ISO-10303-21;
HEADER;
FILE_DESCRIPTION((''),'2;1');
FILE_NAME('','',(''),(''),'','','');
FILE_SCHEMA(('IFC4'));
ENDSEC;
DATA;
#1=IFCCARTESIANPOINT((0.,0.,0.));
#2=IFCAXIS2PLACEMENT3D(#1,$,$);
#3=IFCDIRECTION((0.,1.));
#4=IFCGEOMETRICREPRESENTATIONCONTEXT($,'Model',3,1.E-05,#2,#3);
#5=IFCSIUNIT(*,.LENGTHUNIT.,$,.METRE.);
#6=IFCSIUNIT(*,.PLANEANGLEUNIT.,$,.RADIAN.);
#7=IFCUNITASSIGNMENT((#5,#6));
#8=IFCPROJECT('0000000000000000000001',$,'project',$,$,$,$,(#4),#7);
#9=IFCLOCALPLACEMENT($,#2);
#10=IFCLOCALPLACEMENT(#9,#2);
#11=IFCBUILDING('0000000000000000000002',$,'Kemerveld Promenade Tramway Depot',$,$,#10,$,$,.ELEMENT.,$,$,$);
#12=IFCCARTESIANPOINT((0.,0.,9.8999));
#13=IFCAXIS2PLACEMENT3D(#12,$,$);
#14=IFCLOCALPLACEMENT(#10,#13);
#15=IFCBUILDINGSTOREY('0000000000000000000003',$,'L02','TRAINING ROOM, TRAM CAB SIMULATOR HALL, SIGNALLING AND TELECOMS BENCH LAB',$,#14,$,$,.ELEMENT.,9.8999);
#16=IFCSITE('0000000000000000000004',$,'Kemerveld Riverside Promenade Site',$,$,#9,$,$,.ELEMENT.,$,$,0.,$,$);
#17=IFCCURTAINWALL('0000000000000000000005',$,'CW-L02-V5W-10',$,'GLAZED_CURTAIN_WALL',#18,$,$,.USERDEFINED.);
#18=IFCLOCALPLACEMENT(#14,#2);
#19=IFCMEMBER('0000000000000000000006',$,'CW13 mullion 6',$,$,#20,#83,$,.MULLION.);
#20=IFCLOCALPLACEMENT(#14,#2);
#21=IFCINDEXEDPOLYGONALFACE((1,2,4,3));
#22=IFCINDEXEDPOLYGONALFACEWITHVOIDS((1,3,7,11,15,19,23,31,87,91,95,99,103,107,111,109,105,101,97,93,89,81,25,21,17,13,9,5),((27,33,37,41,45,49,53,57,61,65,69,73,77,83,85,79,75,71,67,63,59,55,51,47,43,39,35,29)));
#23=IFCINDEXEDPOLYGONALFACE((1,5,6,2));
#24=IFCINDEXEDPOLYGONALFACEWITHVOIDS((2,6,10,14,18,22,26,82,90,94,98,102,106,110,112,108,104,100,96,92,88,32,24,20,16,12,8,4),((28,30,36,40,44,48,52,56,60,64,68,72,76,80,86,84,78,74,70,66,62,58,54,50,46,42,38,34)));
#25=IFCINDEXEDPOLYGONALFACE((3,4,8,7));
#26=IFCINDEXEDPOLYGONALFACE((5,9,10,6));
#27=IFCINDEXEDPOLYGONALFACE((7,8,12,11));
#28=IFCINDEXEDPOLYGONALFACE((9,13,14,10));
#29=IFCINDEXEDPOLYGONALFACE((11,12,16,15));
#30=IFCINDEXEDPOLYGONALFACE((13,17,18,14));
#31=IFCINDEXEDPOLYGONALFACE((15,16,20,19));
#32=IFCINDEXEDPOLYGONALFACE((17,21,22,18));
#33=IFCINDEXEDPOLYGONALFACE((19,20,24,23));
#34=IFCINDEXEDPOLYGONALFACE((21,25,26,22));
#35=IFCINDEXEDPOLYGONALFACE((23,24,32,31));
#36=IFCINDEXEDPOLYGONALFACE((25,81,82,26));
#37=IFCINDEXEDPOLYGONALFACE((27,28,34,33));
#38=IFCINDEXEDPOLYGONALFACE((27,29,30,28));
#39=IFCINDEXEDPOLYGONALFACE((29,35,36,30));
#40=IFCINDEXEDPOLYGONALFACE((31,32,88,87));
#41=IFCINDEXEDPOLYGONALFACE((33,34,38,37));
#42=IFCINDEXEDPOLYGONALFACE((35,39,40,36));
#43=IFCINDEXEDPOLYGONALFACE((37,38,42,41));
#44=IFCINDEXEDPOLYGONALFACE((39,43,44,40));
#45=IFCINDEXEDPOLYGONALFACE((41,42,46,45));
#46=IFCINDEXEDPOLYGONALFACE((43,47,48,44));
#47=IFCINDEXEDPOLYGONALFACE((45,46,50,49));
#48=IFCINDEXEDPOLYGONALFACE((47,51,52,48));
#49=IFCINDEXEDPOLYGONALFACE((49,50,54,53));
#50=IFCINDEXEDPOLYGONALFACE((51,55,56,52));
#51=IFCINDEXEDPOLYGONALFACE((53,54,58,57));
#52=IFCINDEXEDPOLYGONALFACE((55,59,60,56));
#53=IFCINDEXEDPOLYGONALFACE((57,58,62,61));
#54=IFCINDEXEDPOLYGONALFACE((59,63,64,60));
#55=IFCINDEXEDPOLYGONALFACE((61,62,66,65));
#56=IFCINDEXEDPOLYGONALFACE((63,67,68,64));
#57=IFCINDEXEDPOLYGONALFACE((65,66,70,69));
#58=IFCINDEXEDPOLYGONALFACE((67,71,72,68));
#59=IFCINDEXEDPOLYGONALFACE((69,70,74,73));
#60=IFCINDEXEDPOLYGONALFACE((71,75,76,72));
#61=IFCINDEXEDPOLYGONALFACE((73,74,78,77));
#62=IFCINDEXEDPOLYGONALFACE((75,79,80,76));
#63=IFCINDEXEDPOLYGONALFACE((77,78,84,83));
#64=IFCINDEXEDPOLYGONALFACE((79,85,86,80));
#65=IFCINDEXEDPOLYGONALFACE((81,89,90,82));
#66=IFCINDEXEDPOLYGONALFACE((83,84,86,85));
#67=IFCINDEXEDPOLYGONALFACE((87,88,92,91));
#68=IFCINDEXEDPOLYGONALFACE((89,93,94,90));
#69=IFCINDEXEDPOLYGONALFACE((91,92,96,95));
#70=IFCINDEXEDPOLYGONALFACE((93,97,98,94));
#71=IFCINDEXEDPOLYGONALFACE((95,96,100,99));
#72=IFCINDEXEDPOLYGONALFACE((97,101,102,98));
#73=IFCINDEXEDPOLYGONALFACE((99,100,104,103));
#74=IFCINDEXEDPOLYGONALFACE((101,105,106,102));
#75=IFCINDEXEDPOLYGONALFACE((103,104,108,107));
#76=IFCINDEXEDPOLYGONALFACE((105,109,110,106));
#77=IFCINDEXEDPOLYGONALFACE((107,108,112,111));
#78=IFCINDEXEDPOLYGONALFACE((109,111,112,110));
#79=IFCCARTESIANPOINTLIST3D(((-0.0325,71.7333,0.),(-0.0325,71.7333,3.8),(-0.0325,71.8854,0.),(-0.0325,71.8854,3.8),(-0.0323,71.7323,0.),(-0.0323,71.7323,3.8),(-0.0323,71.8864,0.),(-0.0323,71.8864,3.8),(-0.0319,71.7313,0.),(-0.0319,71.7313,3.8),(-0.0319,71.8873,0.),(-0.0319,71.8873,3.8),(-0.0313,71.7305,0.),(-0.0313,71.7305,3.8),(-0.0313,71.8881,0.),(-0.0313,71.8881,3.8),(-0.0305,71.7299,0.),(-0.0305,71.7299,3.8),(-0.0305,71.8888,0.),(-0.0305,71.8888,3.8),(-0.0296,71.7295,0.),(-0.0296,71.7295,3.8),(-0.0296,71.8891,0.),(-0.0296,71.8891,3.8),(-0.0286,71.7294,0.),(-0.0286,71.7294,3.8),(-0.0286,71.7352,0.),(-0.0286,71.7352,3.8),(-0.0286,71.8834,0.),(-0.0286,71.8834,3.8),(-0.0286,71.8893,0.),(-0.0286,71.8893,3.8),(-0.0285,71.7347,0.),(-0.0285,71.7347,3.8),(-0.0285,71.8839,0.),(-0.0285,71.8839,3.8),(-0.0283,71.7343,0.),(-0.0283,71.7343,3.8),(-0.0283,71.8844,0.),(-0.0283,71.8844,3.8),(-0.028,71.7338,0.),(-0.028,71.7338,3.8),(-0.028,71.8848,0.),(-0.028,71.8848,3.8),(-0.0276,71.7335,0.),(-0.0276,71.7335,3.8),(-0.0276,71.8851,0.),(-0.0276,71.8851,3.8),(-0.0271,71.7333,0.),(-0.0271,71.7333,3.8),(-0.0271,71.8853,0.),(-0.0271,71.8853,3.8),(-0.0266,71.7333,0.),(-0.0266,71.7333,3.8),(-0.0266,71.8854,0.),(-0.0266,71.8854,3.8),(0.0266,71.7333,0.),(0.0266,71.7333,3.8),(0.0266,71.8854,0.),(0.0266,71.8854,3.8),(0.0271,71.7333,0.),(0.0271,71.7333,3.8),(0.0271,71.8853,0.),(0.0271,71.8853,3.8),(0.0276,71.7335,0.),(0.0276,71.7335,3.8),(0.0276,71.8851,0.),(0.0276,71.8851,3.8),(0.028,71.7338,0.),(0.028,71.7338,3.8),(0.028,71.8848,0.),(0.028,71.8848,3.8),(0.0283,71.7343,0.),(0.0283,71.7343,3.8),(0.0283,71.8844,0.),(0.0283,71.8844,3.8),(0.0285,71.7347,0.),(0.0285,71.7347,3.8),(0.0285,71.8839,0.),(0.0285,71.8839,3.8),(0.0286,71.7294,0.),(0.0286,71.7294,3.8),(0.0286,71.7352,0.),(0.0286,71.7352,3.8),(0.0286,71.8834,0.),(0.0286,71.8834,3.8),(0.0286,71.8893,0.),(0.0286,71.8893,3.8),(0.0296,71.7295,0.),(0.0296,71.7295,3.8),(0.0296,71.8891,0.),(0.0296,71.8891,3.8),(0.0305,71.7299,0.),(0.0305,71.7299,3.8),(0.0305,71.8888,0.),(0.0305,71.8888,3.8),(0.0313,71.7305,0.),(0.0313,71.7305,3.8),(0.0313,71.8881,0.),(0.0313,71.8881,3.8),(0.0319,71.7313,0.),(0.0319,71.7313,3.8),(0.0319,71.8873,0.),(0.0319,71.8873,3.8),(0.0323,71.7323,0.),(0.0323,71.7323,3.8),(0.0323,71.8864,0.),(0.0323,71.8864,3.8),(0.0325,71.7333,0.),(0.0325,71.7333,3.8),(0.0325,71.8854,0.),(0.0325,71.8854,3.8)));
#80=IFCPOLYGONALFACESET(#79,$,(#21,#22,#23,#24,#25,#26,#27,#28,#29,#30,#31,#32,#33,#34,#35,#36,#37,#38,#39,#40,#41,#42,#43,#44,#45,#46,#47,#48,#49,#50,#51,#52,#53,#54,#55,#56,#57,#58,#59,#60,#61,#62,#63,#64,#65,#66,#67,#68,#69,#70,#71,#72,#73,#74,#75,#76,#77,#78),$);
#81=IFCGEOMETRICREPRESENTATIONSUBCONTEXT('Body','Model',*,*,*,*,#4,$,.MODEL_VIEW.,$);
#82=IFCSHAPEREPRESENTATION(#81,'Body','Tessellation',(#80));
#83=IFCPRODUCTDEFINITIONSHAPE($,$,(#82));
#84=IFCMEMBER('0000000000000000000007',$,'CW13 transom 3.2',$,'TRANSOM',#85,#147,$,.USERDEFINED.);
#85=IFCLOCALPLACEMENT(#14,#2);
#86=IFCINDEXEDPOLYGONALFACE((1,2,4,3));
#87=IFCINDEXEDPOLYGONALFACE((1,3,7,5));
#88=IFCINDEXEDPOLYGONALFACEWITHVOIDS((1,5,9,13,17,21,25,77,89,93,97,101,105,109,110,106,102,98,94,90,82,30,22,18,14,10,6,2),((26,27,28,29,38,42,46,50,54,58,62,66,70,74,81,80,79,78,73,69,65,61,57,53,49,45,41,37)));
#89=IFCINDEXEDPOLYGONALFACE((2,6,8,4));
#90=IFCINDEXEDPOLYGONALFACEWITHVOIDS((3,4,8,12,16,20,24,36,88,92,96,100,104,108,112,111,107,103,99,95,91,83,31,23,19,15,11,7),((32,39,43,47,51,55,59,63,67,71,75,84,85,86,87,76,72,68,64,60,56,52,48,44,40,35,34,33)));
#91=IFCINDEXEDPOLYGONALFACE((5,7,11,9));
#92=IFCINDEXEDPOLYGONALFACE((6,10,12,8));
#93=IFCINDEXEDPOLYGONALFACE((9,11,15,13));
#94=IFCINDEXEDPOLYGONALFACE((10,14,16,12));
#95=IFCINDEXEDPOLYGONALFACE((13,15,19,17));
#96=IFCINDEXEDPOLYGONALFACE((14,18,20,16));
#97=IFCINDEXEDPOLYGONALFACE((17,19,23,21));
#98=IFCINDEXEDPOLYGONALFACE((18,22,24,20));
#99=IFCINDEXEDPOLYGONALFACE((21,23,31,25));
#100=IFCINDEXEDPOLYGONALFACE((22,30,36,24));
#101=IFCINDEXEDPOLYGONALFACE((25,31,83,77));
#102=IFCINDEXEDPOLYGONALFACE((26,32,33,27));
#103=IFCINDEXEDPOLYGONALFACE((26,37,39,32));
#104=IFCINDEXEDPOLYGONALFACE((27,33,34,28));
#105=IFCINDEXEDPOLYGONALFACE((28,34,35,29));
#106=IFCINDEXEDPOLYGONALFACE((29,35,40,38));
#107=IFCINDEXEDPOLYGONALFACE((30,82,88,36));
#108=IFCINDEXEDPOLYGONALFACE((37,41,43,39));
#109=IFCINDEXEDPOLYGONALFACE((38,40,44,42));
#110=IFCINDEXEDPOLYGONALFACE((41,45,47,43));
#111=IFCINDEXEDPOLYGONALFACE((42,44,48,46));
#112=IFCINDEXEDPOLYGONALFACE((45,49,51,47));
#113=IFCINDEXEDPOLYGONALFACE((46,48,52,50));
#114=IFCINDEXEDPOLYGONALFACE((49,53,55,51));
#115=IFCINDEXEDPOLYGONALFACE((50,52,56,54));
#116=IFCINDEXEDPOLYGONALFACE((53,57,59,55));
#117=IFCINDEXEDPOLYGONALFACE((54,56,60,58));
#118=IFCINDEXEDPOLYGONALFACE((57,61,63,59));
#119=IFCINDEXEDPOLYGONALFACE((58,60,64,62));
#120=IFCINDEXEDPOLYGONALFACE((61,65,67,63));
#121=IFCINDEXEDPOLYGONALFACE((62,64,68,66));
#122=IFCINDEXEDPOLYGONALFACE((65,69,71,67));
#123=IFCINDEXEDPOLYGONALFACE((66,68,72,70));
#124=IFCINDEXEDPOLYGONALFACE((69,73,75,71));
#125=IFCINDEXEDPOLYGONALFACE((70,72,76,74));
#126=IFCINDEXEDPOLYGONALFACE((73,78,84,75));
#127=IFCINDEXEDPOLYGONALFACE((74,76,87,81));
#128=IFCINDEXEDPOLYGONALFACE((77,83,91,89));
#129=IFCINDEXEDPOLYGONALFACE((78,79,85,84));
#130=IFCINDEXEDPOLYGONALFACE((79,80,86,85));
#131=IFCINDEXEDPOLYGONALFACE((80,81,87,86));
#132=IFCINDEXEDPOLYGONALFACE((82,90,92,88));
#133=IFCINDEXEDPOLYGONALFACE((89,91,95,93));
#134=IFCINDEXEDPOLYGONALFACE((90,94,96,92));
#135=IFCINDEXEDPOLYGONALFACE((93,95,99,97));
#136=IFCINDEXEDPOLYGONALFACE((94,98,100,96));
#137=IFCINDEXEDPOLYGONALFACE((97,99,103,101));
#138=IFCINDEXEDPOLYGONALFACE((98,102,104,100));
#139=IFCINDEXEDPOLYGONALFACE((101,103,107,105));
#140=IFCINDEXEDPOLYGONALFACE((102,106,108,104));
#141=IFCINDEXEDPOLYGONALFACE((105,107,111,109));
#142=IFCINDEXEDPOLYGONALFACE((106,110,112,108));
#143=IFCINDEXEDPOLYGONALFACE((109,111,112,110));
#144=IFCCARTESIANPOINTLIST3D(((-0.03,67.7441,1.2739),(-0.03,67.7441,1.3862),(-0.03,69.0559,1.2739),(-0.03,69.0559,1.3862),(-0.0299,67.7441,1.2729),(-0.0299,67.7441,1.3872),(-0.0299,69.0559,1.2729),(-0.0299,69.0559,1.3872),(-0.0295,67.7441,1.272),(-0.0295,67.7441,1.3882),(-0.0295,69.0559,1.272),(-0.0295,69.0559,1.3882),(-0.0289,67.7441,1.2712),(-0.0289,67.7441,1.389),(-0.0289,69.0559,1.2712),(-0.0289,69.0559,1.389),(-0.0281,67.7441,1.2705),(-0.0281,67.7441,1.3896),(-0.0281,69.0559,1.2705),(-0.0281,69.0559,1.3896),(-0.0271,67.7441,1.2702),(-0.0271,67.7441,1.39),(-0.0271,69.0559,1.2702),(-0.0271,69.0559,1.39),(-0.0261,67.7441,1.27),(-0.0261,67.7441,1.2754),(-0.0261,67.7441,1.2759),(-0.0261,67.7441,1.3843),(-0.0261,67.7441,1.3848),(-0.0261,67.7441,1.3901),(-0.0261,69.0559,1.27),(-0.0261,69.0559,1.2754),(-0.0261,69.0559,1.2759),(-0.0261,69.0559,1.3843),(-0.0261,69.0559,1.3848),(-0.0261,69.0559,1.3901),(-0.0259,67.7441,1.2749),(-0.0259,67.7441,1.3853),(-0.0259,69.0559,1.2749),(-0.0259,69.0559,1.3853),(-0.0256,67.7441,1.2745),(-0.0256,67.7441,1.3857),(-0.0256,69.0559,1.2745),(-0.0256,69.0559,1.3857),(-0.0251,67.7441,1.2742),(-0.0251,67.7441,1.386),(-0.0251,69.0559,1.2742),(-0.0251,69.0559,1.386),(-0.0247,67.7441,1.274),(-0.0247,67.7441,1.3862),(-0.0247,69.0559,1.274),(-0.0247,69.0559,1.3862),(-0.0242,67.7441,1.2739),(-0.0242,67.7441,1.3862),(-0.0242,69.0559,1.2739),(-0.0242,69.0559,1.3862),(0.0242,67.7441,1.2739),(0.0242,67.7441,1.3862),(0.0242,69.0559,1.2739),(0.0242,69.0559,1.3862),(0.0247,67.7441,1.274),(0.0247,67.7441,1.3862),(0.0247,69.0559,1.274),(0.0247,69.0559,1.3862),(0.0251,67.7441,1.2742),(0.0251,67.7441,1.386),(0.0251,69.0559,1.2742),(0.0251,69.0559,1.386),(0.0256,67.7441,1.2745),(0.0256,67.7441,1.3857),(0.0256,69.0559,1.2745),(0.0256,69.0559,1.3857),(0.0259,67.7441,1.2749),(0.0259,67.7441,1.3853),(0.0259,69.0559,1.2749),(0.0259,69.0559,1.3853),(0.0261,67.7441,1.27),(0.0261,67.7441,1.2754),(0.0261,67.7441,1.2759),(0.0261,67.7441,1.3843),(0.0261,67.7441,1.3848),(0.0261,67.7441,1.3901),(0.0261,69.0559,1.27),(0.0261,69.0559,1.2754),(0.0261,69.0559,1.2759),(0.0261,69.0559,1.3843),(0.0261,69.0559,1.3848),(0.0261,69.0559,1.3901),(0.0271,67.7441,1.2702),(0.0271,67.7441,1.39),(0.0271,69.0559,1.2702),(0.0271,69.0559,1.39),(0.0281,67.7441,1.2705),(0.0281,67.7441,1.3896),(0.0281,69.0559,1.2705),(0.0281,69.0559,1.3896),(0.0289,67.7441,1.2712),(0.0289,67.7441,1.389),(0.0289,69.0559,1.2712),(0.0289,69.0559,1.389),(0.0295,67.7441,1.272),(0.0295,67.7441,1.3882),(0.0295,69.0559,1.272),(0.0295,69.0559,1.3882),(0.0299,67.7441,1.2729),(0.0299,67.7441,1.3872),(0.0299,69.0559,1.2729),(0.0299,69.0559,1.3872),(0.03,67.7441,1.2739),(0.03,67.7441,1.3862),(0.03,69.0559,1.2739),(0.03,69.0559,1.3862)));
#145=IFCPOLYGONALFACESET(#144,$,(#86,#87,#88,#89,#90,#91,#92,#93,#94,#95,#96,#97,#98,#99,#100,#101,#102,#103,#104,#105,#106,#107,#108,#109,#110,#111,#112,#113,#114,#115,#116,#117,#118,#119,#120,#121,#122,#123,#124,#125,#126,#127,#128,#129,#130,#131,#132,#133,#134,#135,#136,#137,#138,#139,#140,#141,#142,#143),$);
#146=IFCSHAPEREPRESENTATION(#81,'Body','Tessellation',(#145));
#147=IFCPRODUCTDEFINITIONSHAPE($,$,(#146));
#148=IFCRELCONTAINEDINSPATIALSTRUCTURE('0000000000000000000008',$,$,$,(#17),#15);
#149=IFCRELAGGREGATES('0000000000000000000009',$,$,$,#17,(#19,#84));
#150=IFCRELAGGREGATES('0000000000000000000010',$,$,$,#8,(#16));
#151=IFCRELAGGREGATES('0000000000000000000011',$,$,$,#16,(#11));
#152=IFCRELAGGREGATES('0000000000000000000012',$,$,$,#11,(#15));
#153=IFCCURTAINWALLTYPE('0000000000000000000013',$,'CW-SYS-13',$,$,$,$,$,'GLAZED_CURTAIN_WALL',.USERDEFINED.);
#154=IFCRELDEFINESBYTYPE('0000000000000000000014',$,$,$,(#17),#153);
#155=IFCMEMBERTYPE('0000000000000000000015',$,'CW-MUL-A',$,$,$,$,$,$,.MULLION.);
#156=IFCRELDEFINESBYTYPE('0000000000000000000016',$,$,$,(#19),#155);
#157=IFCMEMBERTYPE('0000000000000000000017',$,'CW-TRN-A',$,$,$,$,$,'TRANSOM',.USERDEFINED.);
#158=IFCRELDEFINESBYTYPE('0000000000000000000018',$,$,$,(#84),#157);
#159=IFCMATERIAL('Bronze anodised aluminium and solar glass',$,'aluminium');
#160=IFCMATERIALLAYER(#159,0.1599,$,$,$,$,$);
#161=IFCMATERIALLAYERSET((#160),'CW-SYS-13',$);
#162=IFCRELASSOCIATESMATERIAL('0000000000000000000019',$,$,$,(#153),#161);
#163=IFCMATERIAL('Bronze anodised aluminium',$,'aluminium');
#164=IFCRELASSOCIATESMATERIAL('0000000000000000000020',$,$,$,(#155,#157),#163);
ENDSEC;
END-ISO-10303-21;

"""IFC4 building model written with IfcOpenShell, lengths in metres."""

from ifc_helpers import new_model, si_unit, direction, frame, origin, origin_2d, place, context, subcontext, project, spatial, hollow_rectangle, extrude, material, layer, layer_set, material_profile, profile_set, type_object, element, aggregate, save


model = new_model("IFC4")

# Units and contexts
model_context = context("Model", 3, precision=1e-05, world=origin(), true_north=direction((0.0, 1.0)))
body_context = subcontext(model_context, "Body", "Model", "MODEL_VIEW")
ifc_project = project(units=[si_unit("LENGTHUNIT", "METRE"), si_unit("PLANEANGLEUNIT", "RADIAN")], contexts=[model_context])

# Site, building, storey
site_placement = place(None, origin())
site = spatial("IfcSite", under=ifc_project, at=site_placement, Name="Kemerveld Riverside Promenade Site", CompositionType="ELEMENT", RefElevation=0.0)
building_placement = place(site_placement, origin())
building = spatial("IfcBuilding", under=site, at=building_placement, Name="Kemerveld Promenade Tramway Depot", CompositionType="ELEMENT")
storey_placement = place(building_placement, frame((0.0, 0.0, 9.8999)))
storey = spatial("IfcBuildingStorey", under=building, at=storey_placement, Name="L02", Description="TRAINING ROOM, TRAM CAB SIMULATOR HALL, SIGNALLING AND TELECOMS BENCH LAB", CompositionType="ELEMENT", Elevation=9.8999)

# Curtain wall, members
ifc_material_1 = material(Name="Bronze anodised aluminium and solar glass", Category="aluminium")
ifc_layer_1 = layer(ifc_material_1, 0.1599)
ifc_layer_set_1 = layer_set([ifc_layer_1], Name="CW-SYS-13")
curtain_wall_type = type_object("IfcCurtainWallType", Name="CW-SYS-13", ElementType="GLAZED_CURTAIN_WALL", PredefinedType="USERDEFINED", material=ifc_layer_set_1)
curtain_wall_placement = place(storey_placement, origin())
curtain_wall = element("IfcCurtainWall", 1, at=curtain_wall_placement, inside=storey, type_object=curtain_wall_type, Name="CW-L02-V5W-10", ObjectType="GLAZED_CURTAIN_WALL", PredefinedType="USERDEFINED")
ifc_material_2 = material(Name="Bronze anodised aluminium", Category="aluminium")
ifc_material_profile_1 = material_profile(ifc_material_2, hollow_rectangle(XDim=0.0649, YDim=0.1599, WallThickness=0.0039, InnerFilletRadius=0.002, OuterFilletRadius=0.0039, at=origin_2d()), Name="CW-MUL-160x65")
ifc_profile_set_1 = profile_set([ifc_material_profile_1], Name="Bronze anodised aluminium")
member_type_1 = type_object("IfcMemberType", Name="CW-MUL-A", PredefinedType="MULLION", material=ifc_profile_set_1)
member_1_placement = place(storey_placement, frame((0.0, 71.8093, 0.0), z_axis=(0.0, 0.0, 1.0), x_axis=(-1.0, 0.0, 0.0)))
member_1 = element("IfcMember", 2, at=member_1_placement, type_object=member_type_1, Name="CW13 mullion 6", PredefinedType="MULLION", context=body_context, shape_type="SweptSolid", body=[
    extrude(hollow_rectangle(XDim=0.0649, YDim=0.1599, WallThickness=0.0039, InnerFilletRadius=0.002, OuterFilletRadius=0.0039, at=origin_2d()), origin(), (0.0, 0.0, 1.0), 3.8),
])
ifc_material_profile_2 = material_profile(ifc_material_2, hollow_rectangle(XDim=0.0601, YDim=0.1201, WallThickness=0.0039, InnerFilletRadius=0.002, OuterFilletRadius=0.0039, at=origin_2d()), Name="CW-TRN-120x60")
ifc_profile_set_2 = profile_set([ifc_material_profile_2], Name="Bronze anodised aluminium")
member_type_2 = type_object("IfcMemberType", Name="CW-TRN-A", ElementType="TRANSOM", PredefinedType="USERDEFINED", material=ifc_profile_set_2)
member_2_placement = place(storey_placement, frame((0.0, 67.7441, 1.3301), z_axis=(0.0, 1.0, 0.0), x_axis=(-1.0, 0.0, 0.0)))
member_2 = element("IfcMember", 3, at=member_2_placement, type_object=member_type_2, Name="CW13 transom 3.2", ObjectType="TRANSOM", PredefinedType="USERDEFINED", context=body_context, shape_type="SweptSolid", body=[
    extrude(hollow_rectangle(XDim=0.0601, YDim=0.1201, WallThickness=0.0039, InnerFilletRadius=0.002, OuterFilletRadius=0.0039, at=origin_2d()), origin(), (0.0, 0.0, 1.0), 1.3118),
])
aggregate(curtain_wall, [member_1, member_2])

save(model, "model.ifc")
